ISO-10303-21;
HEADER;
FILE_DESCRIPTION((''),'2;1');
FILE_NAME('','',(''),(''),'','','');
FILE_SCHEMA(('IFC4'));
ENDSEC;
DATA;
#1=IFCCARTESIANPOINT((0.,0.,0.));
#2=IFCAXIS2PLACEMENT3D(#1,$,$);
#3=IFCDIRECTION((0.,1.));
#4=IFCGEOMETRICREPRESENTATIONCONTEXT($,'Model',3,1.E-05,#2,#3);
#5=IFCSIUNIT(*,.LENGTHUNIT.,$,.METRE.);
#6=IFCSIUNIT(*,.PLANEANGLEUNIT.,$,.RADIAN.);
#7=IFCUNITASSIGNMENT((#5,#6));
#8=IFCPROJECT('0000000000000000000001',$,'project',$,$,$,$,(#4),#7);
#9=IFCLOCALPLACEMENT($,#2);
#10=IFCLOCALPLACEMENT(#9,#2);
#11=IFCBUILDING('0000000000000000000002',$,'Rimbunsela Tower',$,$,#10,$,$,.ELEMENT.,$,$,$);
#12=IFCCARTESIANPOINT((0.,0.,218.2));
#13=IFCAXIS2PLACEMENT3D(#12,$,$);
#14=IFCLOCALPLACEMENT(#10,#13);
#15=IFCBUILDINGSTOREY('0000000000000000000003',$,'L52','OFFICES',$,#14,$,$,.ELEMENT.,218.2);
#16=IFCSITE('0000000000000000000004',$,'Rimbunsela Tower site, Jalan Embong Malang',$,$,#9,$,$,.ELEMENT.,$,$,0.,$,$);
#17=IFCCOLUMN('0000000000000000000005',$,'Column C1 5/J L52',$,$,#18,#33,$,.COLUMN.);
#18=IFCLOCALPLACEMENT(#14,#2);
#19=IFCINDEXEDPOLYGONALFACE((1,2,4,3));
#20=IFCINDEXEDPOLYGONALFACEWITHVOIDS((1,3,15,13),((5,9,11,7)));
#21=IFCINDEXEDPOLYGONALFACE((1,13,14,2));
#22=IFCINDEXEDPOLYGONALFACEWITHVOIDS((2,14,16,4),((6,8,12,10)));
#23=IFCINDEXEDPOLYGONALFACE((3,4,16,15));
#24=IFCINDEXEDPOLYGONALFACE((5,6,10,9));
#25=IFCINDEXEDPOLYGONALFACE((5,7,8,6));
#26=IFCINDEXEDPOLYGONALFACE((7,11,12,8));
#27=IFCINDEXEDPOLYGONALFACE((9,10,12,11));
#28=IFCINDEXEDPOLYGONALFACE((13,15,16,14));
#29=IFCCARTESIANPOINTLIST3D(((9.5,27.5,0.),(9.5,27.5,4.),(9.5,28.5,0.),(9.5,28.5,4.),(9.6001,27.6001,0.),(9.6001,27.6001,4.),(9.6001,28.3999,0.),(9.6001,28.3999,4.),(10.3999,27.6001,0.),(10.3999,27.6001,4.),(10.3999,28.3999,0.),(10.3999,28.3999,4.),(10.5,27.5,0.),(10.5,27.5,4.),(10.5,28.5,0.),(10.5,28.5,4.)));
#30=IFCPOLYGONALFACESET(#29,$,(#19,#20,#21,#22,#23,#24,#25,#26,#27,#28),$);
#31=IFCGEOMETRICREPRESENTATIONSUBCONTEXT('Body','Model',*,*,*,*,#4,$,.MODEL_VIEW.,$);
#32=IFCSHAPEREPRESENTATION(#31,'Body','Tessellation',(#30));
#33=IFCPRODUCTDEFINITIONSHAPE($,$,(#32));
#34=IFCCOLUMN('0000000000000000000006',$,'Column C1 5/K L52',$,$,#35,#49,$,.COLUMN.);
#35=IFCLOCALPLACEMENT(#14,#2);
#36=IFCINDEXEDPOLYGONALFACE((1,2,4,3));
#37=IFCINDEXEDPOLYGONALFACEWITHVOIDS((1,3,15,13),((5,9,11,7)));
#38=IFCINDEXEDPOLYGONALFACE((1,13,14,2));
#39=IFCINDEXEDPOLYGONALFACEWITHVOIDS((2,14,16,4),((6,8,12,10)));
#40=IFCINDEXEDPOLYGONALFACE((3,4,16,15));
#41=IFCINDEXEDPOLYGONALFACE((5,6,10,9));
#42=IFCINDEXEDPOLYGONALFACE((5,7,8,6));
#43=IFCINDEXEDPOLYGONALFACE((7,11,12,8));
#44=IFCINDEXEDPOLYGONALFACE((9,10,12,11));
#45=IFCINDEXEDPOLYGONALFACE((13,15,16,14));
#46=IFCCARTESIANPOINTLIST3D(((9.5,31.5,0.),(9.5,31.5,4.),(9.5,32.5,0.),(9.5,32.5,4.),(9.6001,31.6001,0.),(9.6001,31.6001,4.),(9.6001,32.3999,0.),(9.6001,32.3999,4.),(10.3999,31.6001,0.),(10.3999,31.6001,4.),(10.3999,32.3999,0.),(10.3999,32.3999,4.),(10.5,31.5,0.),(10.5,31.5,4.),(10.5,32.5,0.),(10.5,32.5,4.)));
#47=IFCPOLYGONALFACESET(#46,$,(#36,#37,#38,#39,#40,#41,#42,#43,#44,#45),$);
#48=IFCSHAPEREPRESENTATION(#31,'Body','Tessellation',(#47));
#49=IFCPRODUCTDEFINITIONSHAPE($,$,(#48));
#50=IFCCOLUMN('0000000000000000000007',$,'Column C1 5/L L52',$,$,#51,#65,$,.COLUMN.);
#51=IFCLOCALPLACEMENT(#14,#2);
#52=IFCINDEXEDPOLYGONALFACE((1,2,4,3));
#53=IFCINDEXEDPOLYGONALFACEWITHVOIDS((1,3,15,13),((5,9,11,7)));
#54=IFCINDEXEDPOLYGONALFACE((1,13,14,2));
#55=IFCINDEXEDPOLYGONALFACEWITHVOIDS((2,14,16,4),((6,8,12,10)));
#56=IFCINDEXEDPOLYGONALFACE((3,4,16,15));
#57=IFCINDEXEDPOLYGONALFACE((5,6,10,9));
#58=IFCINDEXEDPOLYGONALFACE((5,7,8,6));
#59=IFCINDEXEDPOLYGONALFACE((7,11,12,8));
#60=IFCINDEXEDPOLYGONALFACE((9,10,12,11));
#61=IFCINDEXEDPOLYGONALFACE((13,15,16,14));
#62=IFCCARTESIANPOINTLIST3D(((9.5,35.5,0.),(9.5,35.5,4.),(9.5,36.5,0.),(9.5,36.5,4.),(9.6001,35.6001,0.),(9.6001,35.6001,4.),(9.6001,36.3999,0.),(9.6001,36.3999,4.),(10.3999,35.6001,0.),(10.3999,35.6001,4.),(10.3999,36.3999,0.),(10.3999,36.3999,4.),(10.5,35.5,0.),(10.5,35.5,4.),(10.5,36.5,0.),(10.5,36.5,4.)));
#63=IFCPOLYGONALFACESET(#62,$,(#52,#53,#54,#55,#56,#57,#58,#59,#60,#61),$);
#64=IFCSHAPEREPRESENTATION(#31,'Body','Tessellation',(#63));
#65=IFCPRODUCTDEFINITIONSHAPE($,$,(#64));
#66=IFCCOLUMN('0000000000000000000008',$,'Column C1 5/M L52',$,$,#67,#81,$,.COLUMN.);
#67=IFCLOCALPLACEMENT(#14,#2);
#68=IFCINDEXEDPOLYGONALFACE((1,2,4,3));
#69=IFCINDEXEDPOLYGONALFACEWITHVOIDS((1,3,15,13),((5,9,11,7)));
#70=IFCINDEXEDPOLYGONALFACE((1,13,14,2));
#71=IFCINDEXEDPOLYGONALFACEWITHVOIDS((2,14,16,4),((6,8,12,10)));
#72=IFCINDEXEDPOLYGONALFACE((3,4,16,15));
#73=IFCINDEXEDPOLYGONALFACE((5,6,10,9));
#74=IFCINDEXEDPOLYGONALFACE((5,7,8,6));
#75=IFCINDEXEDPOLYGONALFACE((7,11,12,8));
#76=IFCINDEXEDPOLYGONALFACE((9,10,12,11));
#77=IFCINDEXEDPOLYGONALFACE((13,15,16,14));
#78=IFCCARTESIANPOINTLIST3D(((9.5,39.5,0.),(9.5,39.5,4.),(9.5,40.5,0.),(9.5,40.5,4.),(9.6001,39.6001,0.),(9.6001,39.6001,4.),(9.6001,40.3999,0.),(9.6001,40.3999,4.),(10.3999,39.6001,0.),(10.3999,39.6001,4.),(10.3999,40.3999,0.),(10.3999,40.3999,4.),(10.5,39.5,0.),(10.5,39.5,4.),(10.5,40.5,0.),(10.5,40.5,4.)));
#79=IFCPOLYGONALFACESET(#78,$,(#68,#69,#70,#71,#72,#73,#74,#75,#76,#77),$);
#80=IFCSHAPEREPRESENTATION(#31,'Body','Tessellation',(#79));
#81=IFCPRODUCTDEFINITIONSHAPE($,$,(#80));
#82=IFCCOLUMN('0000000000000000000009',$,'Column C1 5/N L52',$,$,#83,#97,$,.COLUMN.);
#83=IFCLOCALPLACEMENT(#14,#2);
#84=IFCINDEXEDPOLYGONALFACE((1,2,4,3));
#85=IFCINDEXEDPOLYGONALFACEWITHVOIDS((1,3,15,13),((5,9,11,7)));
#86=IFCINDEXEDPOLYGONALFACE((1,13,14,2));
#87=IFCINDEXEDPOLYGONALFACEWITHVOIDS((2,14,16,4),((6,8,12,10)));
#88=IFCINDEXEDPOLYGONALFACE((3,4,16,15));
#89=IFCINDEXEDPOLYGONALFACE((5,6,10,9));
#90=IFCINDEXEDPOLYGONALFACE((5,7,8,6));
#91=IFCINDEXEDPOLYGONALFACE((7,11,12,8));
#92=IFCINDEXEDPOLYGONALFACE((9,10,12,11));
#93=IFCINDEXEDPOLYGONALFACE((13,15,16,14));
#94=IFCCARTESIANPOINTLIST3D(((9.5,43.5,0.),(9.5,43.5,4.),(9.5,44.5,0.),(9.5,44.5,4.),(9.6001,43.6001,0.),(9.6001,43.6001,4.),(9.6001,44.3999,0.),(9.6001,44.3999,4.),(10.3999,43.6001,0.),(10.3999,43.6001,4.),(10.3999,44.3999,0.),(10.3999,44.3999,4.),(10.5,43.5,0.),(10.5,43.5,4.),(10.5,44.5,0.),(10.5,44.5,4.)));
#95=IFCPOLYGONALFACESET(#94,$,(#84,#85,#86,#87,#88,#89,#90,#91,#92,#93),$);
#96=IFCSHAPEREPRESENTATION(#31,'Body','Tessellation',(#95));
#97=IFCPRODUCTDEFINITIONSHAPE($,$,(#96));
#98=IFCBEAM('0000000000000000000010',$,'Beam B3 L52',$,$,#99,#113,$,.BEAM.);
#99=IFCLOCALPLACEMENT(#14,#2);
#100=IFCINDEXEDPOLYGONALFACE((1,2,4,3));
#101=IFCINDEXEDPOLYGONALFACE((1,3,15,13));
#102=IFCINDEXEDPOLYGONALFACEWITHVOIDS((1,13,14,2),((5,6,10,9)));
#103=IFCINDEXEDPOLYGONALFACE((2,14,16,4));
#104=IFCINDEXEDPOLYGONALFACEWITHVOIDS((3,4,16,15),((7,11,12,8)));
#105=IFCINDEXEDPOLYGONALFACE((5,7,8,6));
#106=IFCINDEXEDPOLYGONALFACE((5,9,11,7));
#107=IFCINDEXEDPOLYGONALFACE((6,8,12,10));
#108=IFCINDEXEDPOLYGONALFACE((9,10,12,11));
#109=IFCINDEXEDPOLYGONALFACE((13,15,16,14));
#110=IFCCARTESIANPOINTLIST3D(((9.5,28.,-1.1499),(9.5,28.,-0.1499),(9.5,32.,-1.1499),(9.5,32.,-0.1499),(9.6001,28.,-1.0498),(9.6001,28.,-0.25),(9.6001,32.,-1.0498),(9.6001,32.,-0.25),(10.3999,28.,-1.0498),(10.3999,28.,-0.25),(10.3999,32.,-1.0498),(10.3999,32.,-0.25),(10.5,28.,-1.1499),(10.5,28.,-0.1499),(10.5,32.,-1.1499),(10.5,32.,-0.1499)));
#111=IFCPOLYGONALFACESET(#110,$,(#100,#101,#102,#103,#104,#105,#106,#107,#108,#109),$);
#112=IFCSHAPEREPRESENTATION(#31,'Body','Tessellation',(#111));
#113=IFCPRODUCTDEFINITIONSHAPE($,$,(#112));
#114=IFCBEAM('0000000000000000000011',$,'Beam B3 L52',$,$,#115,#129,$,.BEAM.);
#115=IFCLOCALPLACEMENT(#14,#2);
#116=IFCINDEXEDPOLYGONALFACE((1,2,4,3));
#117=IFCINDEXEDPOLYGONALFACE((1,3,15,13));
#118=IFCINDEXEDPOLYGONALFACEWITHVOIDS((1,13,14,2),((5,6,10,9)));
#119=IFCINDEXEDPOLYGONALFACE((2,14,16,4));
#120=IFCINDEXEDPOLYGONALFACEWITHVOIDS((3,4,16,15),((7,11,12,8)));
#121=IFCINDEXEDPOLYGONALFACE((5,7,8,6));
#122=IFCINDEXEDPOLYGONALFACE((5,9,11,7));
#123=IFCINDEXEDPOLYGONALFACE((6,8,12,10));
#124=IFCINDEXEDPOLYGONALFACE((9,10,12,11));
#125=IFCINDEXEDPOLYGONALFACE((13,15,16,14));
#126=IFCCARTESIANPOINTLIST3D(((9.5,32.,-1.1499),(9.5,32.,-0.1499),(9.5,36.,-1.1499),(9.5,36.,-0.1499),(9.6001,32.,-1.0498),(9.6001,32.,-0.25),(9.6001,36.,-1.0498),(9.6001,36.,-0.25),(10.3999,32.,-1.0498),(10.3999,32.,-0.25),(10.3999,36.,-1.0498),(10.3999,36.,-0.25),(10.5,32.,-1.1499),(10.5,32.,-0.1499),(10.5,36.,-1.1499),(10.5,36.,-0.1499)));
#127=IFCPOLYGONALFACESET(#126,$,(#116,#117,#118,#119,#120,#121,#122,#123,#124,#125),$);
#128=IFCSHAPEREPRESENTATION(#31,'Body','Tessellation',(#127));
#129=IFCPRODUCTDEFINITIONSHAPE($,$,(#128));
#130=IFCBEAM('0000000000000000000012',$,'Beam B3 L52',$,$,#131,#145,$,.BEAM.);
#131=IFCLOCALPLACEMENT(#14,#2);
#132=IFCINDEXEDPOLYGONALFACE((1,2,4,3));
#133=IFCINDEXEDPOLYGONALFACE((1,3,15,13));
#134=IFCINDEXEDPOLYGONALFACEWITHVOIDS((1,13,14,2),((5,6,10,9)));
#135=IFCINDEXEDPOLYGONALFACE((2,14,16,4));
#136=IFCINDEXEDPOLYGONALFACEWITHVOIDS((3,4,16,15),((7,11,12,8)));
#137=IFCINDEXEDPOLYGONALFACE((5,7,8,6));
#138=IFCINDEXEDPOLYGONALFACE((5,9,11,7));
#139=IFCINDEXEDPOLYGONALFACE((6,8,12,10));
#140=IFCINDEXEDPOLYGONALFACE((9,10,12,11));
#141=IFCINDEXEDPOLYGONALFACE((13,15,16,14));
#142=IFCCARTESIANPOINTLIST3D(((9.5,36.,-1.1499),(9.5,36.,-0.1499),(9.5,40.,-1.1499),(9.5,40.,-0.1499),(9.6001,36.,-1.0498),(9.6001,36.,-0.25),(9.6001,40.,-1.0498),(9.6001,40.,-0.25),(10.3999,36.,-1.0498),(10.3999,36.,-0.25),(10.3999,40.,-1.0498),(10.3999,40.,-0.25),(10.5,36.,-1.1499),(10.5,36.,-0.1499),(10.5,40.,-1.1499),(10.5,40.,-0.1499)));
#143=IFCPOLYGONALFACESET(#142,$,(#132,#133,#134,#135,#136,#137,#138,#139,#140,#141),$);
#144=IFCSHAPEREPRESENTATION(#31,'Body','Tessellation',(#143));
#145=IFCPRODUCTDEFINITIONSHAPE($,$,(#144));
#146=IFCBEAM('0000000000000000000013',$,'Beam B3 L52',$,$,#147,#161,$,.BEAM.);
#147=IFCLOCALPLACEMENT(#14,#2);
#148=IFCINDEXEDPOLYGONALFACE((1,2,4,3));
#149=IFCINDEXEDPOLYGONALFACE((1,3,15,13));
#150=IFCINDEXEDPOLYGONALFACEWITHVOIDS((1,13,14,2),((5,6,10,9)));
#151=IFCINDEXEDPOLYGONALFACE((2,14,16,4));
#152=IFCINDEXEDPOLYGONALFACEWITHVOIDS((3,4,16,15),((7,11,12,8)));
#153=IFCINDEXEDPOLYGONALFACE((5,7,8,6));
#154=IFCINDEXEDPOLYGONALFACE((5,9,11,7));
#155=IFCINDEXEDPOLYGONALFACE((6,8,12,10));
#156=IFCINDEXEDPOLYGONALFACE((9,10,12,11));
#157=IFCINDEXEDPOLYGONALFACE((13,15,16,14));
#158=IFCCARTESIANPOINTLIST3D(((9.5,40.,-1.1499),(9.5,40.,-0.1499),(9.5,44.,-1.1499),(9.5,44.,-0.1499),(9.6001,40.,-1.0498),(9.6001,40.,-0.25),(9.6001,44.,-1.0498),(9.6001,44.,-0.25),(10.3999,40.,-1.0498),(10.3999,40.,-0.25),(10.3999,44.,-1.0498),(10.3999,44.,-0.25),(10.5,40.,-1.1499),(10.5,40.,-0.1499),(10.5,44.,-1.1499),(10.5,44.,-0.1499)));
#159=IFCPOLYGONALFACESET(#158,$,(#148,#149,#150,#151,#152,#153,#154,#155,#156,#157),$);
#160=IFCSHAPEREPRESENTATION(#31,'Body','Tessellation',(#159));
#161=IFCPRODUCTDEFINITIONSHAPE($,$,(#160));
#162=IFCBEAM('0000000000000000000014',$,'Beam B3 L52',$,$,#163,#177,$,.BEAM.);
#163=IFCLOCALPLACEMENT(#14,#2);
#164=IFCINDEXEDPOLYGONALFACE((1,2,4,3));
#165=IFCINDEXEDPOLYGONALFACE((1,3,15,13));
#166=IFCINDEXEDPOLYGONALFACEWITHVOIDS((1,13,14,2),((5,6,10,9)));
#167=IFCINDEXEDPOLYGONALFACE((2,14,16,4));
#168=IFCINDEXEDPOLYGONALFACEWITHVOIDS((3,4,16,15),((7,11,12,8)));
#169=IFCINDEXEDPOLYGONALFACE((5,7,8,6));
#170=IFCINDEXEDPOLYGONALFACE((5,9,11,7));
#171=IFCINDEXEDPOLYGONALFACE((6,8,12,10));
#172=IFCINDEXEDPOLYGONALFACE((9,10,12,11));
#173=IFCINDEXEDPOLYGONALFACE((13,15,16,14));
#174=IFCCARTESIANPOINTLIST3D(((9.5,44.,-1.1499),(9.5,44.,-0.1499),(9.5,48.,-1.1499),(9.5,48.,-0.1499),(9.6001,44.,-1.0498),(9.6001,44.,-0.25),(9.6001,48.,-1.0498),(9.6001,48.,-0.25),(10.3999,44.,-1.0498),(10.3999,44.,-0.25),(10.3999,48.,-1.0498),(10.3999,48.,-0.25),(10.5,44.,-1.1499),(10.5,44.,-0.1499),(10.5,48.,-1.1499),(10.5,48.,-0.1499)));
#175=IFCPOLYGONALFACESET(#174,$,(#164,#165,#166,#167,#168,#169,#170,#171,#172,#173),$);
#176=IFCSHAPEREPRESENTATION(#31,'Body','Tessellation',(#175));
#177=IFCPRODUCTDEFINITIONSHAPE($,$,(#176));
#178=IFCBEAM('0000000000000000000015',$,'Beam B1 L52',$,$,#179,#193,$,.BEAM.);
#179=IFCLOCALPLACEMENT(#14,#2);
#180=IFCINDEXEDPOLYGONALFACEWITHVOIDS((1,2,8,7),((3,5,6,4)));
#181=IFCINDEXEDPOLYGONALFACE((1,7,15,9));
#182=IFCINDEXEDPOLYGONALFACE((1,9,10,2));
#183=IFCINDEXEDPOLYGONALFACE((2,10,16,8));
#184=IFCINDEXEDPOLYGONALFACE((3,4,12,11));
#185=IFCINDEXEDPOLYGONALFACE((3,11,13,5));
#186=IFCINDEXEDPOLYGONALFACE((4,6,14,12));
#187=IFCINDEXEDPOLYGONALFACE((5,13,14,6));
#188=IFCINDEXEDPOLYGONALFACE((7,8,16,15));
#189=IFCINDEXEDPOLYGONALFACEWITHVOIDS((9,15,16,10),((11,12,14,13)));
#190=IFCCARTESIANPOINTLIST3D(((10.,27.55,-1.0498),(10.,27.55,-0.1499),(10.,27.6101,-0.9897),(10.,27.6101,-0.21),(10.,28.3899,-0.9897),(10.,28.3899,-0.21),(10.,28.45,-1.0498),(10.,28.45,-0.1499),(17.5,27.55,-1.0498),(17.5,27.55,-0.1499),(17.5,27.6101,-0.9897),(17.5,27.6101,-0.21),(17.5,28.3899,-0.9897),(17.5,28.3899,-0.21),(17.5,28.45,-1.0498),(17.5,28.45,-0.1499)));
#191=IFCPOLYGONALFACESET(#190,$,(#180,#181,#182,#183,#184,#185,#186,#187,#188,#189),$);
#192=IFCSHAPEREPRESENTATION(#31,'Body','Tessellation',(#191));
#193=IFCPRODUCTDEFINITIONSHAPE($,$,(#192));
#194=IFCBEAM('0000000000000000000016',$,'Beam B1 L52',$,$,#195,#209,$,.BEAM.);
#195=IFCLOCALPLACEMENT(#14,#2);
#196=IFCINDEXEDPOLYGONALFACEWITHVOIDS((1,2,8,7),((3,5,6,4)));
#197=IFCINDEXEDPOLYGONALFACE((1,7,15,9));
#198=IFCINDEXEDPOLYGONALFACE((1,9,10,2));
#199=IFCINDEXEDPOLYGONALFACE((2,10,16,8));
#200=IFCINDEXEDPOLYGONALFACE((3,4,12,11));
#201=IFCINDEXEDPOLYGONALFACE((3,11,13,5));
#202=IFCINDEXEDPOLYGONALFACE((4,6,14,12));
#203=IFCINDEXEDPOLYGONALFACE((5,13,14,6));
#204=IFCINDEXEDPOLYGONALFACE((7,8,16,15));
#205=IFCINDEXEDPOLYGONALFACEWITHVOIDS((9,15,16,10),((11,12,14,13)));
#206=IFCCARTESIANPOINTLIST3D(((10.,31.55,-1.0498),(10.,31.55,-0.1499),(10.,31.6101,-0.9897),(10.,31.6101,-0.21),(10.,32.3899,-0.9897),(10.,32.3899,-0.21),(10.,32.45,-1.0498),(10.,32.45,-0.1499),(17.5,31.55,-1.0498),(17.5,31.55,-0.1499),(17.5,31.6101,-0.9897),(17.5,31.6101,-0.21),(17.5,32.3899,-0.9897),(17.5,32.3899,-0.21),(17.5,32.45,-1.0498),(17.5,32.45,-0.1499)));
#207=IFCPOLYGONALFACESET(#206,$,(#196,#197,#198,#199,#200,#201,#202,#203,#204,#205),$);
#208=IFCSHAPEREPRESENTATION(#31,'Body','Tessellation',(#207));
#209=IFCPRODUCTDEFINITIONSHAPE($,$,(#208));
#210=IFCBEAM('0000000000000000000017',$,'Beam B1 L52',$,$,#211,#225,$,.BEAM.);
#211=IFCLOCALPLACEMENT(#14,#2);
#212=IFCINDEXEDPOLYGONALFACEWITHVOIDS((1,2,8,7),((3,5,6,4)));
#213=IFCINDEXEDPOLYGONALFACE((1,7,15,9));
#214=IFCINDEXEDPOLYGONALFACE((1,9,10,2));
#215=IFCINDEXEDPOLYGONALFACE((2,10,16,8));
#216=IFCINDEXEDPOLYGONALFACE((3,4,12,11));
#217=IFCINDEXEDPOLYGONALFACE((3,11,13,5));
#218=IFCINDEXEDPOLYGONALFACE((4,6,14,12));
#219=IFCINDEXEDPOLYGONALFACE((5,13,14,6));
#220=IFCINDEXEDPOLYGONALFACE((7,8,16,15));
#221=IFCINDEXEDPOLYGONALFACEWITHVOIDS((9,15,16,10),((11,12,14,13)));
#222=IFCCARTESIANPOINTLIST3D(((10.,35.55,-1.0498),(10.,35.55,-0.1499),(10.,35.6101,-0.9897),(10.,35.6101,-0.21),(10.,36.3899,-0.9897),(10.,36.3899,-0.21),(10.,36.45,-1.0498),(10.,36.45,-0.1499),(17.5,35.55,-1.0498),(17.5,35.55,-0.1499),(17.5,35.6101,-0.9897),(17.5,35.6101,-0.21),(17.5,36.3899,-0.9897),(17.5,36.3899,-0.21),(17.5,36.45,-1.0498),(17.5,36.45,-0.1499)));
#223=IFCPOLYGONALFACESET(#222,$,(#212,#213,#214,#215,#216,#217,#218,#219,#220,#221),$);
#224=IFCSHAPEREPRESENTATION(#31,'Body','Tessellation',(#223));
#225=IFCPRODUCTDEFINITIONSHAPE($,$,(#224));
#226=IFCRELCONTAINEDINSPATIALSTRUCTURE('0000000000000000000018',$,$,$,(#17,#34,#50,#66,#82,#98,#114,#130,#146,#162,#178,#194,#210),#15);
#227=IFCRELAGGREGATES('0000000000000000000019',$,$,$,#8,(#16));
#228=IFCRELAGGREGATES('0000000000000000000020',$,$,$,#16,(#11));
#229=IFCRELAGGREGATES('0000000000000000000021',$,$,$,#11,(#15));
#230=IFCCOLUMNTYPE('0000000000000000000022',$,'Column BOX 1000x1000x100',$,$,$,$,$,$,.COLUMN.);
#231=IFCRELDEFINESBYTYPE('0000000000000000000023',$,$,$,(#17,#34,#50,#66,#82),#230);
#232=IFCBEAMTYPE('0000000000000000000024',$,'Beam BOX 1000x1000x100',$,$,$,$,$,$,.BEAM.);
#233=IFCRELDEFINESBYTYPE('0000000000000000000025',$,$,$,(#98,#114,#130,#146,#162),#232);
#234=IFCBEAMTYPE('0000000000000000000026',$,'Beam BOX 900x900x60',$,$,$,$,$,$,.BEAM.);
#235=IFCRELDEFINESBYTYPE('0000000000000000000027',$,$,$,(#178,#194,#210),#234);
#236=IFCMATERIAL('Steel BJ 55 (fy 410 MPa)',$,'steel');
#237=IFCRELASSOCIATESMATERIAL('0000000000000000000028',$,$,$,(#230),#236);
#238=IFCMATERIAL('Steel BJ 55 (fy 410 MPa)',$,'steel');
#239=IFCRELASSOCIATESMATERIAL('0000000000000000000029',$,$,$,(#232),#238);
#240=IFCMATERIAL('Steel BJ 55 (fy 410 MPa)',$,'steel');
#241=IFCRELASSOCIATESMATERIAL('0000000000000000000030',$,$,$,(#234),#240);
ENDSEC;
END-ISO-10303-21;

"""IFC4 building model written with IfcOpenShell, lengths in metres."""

from ifc_helpers import new_model, si_unit, direction, frame, origin, origin_2d, place, context, subcontext, project, spatial, hollow_rectangle, extrude, material, material_profile, profile_set, type_object, element, save


model = new_model("IFC4")

# Units and contexts
model_context = context("Model", 3, precision=1e-05, world=origin(), true_north=direction((0.0, 1.0)))
body_context = subcontext(model_context, "Body", "Model", "MODEL_VIEW")
ifc_project = project(units=[si_unit("LENGTHUNIT", "METRE"), si_unit("PLANEANGLEUNIT", "RADIAN")], contexts=[model_context])

# Site, building, storey
site_placement = place(None, origin())
site = spatial("IfcSite", under=ifc_project, at=site_placement, Name="Rimbunsela Tower site, Jalan Embong Malang", CompositionType="ELEMENT", RefElevation=0.0)
building_placement = place(site_placement, origin())
building = spatial("IfcBuilding", under=site, at=building_placement, Name="Rimbunsela Tower", CompositionType="ELEMENT")
storey_placement = place(building_placement, frame((0.0, 0.0, 218.2)))
storey = spatial("IfcBuildingStorey", under=building, at=storey_placement, Name="L52", Description="OFFICES", CompositionType="ELEMENT", Elevation=218.2)

# Columns
ifc_material_1 = material(Name="Steel BJ 55 (fy 410 MPa)", Category="steel")
ifc_material_profile_1 = material_profile(ifc_material_1, hollow_rectangle(XDim=1.0, YDim=1.0, WallThickness=0.1001, at=origin_2d()), Name="BOX 1000x1000x100")
ifc_profile_set_1 = profile_set([ifc_material_profile_1], Name="Steel BJ 55 (fy 410 MPa)")
column_type = type_object("IfcColumnType", Name="Column BOX 1000x1000x100", PredefinedType="COLUMN", material=ifc_profile_set_1)
for number, where, z_axis, x_axis, name in (
    (1, (10.0, 28.0, 0.0), (0.0, 0.0, 1.0), (1.0, 0.0, 0.0), "Column C1 5/J L52"),
    (2, (10.0, 32.0, 0.0), (0.0, 0.0, 1.0), (1.0, 0.0, 0.0), "Column C1 5/K L52"),
    (3, (10.0, 36.0, 0.0), (0.0, 0.0, 1.0), (1.0, 0.0, 0.0), "Column C1 5/L L52"),
    (4, (10.0, 40.0, 0.0), (0.0, 0.0, 1.0), (1.0, 0.0, 0.0), "Column C1 5/M L52"),
    (5, (10.0, 44.0, 0.0), (0.0, 0.0, 1.0), (1.0, 0.0, 0.0), "Column C1 5/N L52"),
):
    element("IfcColumn", number, at=place(storey_placement, frame(where, z_axis=z_axis, x_axis=x_axis)), inside=storey, type_object=column_type, Name=name, PredefinedType="COLUMN", context=body_context, shape_type="SweptSolid", body=[
        extrude(hollow_rectangle(XDim=1.0, YDim=1.0, WallThickness=0.1001, at=origin_2d()), origin(), (0.0, 0.0, 1.0), 4.0),
    ])

# Beams
ifc_material_2 = material(Name="Steel BJ 55 (fy 410 MPa)", Category="steel")
ifc_material_profile_2 = material_profile(ifc_material_2, hollow_rectangle(XDim=1.0, YDim=1.0, WallThickness=0.1001, at=origin_2d()), Name="BOX 1000x1000x100")
ifc_profile_set_2 = profile_set([ifc_material_profile_2], Name="Steel BJ 55 (fy 410 MPa)")
beam_type_1 = type_object("IfcBeamType", Name="Beam BOX 1000x1000x100", PredefinedType="BEAM", material=ifc_profile_set_2)
for number, where, z_axis, x_axis, name in (
    (6, (10.0, 28.0, -0.6499), (0.0, 1.0, 0.0), (-1.0, 0.0, 0.0), "Beam B3 L52"),
    (7, (10.0, 32.0, -0.6499), (0.0, 1.0, 0.0), (-1.0, 0.0, 0.0), "Beam B3 L52"),
    (8, (10.0, 36.0, -0.6499), (0.0, 1.0, 0.0), (-1.0, 0.0, 0.0), "Beam B3 L52"),
    (9, (10.0, 40.0, -0.6499), (0.0, 1.0, 0.0), (-1.0, 0.0, 0.0), "Beam B3 L52"),
    (10, (10.0, 44.0, -0.6499), (0.0, 1.0, 0.0), (-1.0, 0.0, 0.0), "Beam B3 L52"),
):
    element("IfcBeam", number, at=place(storey_placement, frame(where, z_axis=z_axis, x_axis=x_axis)), inside=storey, type_object=beam_type_1, Name=name, PredefinedType="BEAM", context=body_context, shape_type="SweptSolid", body=[
        extrude(hollow_rectangle(XDim=1.0, YDim=1.0, WallThickness=0.1001, at=origin_2d()), origin(), (0.0, 0.0, 1.0), 4.0),
    ])
ifc_material_3 = material(Name="Steel BJ 55 (fy 410 MPa)", Category="steel")
ifc_material_profile_3 = material_profile(ifc_material_3, hollow_rectangle(XDim=0.8999, YDim=0.8999, WallThickness=0.0601, at=origin_2d()), Name="BOX 900x900x60")
ifc_profile_set_3 = profile_set([ifc_material_profile_3], Name="Steel BJ 55 (fy 410 MPa)")
beam_type_2 = type_object("IfcBeamType", Name="Beam BOX 900x900x60", PredefinedType="BEAM", material=ifc_profile_set_3)
for number, where, z_axis, x_axis, name in (
    (11, (10.0, 28.0, -0.5999), (1.0, 0.0, 0.0), (0.0, 1.0, 0.0), "Beam B1 L52"),
    (12, (10.0, 32.0, -0.5999), (1.0, 0.0, 0.0), (0.0, 1.0, 0.0), "Beam B1 L52"),
    (13, (10.0, 36.0, -0.5999), (1.0, 0.0, 0.0), (0.0, 1.0, 0.0), "Beam B1 L52"),
):
    element("IfcBeam", number, at=place(storey_placement, frame(where, z_axis=z_axis, x_axis=x_axis)), inside=storey, type_object=beam_type_2, Name=name, PredefinedType="BEAM", context=body_context, shape_type="SweptSolid", body=[
        extrude(hollow_rectangle(XDim=0.8999, YDim=0.8999, WallThickness=0.0601, at=origin_2d()), origin(), (0.0, 0.0, 1.0), 7.5),
    ])

save(model, "model.ifc")
